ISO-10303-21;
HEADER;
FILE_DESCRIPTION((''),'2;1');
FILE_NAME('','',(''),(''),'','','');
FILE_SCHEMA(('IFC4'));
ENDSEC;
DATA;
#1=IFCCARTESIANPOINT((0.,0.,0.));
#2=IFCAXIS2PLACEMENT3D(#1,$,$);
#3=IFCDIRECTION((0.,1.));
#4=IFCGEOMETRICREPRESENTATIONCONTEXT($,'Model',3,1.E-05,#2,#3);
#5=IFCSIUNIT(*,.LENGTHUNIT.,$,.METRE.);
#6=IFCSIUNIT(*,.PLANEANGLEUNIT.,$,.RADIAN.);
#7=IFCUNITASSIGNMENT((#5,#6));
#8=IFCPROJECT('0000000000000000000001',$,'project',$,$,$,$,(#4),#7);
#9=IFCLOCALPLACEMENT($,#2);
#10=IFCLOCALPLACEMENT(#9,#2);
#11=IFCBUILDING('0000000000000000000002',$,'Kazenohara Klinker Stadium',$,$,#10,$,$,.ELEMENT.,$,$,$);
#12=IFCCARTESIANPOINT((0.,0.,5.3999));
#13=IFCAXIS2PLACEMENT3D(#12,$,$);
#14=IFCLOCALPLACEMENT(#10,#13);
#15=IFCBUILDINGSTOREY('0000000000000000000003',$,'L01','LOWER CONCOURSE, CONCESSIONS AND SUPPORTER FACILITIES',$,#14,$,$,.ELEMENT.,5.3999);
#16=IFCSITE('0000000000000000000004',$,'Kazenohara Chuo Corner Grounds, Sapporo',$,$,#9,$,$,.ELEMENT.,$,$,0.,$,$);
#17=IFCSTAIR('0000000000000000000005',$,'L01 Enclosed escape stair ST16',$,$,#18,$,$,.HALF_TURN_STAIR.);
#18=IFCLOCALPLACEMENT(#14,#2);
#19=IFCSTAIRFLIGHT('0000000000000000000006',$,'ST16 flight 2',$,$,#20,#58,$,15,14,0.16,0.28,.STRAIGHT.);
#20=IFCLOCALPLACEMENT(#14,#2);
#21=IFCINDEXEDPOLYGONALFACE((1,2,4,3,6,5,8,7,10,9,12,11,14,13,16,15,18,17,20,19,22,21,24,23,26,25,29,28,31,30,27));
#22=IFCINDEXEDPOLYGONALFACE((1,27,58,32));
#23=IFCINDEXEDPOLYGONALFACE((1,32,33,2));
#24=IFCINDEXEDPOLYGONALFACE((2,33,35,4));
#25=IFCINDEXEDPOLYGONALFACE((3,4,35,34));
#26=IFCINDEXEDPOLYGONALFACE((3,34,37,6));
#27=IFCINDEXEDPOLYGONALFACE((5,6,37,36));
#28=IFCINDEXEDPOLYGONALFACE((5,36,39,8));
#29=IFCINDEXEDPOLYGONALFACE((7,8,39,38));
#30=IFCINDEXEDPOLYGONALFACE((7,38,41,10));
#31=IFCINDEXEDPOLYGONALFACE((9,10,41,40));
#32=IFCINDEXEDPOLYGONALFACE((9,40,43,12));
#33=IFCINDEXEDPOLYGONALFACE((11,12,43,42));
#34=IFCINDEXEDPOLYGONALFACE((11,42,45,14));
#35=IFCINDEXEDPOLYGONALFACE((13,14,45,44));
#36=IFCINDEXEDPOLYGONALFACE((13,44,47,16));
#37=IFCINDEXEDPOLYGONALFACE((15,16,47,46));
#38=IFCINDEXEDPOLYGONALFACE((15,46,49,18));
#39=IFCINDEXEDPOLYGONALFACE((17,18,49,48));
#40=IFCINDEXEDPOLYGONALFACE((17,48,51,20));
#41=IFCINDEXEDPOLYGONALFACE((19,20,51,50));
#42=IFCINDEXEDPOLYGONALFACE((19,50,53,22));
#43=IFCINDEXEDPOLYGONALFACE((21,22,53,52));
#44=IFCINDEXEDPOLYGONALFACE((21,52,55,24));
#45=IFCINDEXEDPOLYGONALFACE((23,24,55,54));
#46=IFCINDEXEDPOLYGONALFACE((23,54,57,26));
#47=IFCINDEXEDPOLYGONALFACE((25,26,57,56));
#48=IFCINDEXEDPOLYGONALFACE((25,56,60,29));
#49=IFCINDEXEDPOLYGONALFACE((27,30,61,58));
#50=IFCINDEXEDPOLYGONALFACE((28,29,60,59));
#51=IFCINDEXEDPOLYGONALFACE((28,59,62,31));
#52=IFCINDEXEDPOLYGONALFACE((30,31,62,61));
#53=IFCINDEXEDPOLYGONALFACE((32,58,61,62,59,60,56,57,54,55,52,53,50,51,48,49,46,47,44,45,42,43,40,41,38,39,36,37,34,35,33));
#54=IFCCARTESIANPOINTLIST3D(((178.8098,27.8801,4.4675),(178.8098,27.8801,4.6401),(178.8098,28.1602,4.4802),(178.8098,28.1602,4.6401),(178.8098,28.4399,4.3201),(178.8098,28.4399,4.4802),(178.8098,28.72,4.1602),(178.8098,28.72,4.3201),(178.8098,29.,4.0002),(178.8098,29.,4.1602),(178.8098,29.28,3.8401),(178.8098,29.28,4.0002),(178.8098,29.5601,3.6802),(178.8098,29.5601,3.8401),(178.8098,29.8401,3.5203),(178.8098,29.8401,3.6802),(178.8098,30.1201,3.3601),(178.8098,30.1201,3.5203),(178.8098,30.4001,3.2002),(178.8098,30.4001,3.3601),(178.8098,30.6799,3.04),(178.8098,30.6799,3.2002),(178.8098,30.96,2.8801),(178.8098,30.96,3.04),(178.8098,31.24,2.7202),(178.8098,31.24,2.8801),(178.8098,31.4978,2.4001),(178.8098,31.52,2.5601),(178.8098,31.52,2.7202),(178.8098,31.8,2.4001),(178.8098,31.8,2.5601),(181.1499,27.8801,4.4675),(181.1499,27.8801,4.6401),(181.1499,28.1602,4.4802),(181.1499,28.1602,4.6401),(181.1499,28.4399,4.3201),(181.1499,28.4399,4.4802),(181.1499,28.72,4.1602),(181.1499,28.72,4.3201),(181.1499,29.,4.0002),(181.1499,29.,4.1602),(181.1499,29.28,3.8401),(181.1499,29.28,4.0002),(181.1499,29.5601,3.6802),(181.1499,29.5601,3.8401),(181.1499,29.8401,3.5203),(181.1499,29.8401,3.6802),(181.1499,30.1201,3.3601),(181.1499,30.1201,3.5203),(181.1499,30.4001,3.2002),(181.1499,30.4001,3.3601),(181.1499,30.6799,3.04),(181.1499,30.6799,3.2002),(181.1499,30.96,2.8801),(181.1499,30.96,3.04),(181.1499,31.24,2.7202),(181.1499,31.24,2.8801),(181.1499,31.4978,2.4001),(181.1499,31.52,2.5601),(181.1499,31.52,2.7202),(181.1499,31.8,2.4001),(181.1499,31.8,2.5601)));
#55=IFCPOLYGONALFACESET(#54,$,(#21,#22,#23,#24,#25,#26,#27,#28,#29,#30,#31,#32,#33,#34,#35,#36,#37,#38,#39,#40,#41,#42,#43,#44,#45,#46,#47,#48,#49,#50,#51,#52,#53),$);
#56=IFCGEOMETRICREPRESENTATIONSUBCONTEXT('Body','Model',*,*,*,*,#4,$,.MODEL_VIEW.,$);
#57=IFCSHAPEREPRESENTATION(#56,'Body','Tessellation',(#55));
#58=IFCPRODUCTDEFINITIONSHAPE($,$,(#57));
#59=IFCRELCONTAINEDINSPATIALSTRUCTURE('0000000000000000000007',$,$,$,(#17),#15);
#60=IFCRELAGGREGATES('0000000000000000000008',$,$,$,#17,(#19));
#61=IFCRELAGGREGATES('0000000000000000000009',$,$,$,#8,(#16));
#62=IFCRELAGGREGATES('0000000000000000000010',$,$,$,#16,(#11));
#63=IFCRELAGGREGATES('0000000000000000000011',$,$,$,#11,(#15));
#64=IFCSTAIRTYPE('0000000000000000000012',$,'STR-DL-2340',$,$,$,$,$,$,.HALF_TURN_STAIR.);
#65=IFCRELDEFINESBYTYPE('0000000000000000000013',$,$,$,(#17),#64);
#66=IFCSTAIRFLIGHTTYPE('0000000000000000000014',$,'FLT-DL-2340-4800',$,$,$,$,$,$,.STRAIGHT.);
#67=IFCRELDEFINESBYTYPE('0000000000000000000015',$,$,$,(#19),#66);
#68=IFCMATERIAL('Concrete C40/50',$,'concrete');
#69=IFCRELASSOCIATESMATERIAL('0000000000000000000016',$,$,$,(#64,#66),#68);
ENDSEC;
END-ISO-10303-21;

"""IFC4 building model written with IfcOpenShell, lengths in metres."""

from ifc_helpers import new_model, si_unit, direction, frame, origin, place, context, subcontext, project, spatial, polyline, outline, extrude, material, type_object, element, aggregate, save


model = new_model("IFC4")

# Units and contexts
model_context = context("Model", 3, precision=1e-05, world=origin(), true_north=direction((0.0, 1.0)))
body_context = subcontext(model_context, "Body", "Model", "MODEL_VIEW")
ifc_project = project(units=[si_unit("LENGTHUNIT", "METRE"), si_unit("PLANEANGLEUNIT", "RADIAN")], contexts=[model_context])

# Site, building, storey
site_placement = place(None, origin())
site = spatial("IfcSite", under=ifc_project, at=site_placement, Name="Kazenohara Chuo Corner Grounds, Sapporo", CompositionType="ELEMENT", RefElevation=0.0)
building_placement = place(site_placement, origin())
building = spatial("IfcBuilding", under=site, at=building_placement, Name="Kazenohara Klinker Stadium", CompositionType="ELEMENT")
storey_placement = place(building_placement, frame((0.0, 0.0, 5.3999)))
storey = spatial("IfcBuildingStorey", under=building, at=storey_placement, Name="L01", Description="LOWER CONCOURSE, CONCESSIONS AND SUPPORTER FACILITIES", CompositionType="ELEMENT", Elevation=5.3999)

# Shared definitions
ifc_material_1 = material(Name="Concrete C40/50", Category="concrete")

# Stair, stair flight
stair_type = type_object("IfcStairType", Name="STR-DL-2340", PredefinedType="HALF_TURN_STAIR", material=ifc_material_1)
stair_placement = place(storey_placement, origin())
stair = element("IfcStair", 1, at=stair_placement, inside=storey, type_object=stair_type, Name="L01 Enclosed escape stair ST16", PredefinedType="HALF_TURN_STAIR")
stair_flight_type = type_object("IfcStairFlightType", Name="FLT-DL-2340-4800", PredefinedType="STRAIGHT", material=ifc_material_1)
stair_flight_1_placement = place(storey_placement, frame((179.98, 31.8, 2.4001), z_axis=(0.0, 0.0, 1.0), x_axis=(0.0, -1.0, 0.0)))
stair_flight_1 = element("IfcStairFlight", 2, at=stair_flight_1_placement, type_object=stair_flight_type, Name="ST16 flight 2", NumberOfRisers=15, NumberOfTreads=14, PredefinedType="STRAIGHT", RiserHeight=0.16, TreadLength=0.28, context=body_context, shape_type="SweptSolid", body=[
    extrude(outline(polyline([(0.0, 0.0), (0.0, 0.1599), (0.28, 0.1599), (0.28, 0.3201), (0.5601, 0.3201), (0.5601, 0.48), (0.8401, 0.48), (0.8401, 0.6399), (1.1201, 0.6399), (1.1201, 0.8), (1.3999, 0.8), (1.3999, 0.96), (1.6799, 0.96), (1.6799, 1.1201), (1.96, 1.1201), (1.96, 1.28), (2.24, 1.28), (2.24, 1.4399), (2.52, 1.4399), (2.52, 1.6001), (2.8, 1.6001), (2.8, 1.76), (3.0801, 1.76), (3.0801, 1.9199), (3.3601, 1.9199), (3.3601, 2.0801), (3.6399, 2.0801), (3.6399, 2.24), (3.9199, 2.24), (3.9199, 2.3999), (3.9199, 2.0674), (0.3022, 0.0), (0.0, 0.0)])), frame((0.0, 1.1699, 0.0), z_axis=(0.0, -1.0, 0.0), x_axis=(1.0, 0.0, 0.0)), (0.0, 0.0, 1.0), 2.3401),
])
aggregate(stair, [stair_flight_1])

save(model, "model.ifc")
